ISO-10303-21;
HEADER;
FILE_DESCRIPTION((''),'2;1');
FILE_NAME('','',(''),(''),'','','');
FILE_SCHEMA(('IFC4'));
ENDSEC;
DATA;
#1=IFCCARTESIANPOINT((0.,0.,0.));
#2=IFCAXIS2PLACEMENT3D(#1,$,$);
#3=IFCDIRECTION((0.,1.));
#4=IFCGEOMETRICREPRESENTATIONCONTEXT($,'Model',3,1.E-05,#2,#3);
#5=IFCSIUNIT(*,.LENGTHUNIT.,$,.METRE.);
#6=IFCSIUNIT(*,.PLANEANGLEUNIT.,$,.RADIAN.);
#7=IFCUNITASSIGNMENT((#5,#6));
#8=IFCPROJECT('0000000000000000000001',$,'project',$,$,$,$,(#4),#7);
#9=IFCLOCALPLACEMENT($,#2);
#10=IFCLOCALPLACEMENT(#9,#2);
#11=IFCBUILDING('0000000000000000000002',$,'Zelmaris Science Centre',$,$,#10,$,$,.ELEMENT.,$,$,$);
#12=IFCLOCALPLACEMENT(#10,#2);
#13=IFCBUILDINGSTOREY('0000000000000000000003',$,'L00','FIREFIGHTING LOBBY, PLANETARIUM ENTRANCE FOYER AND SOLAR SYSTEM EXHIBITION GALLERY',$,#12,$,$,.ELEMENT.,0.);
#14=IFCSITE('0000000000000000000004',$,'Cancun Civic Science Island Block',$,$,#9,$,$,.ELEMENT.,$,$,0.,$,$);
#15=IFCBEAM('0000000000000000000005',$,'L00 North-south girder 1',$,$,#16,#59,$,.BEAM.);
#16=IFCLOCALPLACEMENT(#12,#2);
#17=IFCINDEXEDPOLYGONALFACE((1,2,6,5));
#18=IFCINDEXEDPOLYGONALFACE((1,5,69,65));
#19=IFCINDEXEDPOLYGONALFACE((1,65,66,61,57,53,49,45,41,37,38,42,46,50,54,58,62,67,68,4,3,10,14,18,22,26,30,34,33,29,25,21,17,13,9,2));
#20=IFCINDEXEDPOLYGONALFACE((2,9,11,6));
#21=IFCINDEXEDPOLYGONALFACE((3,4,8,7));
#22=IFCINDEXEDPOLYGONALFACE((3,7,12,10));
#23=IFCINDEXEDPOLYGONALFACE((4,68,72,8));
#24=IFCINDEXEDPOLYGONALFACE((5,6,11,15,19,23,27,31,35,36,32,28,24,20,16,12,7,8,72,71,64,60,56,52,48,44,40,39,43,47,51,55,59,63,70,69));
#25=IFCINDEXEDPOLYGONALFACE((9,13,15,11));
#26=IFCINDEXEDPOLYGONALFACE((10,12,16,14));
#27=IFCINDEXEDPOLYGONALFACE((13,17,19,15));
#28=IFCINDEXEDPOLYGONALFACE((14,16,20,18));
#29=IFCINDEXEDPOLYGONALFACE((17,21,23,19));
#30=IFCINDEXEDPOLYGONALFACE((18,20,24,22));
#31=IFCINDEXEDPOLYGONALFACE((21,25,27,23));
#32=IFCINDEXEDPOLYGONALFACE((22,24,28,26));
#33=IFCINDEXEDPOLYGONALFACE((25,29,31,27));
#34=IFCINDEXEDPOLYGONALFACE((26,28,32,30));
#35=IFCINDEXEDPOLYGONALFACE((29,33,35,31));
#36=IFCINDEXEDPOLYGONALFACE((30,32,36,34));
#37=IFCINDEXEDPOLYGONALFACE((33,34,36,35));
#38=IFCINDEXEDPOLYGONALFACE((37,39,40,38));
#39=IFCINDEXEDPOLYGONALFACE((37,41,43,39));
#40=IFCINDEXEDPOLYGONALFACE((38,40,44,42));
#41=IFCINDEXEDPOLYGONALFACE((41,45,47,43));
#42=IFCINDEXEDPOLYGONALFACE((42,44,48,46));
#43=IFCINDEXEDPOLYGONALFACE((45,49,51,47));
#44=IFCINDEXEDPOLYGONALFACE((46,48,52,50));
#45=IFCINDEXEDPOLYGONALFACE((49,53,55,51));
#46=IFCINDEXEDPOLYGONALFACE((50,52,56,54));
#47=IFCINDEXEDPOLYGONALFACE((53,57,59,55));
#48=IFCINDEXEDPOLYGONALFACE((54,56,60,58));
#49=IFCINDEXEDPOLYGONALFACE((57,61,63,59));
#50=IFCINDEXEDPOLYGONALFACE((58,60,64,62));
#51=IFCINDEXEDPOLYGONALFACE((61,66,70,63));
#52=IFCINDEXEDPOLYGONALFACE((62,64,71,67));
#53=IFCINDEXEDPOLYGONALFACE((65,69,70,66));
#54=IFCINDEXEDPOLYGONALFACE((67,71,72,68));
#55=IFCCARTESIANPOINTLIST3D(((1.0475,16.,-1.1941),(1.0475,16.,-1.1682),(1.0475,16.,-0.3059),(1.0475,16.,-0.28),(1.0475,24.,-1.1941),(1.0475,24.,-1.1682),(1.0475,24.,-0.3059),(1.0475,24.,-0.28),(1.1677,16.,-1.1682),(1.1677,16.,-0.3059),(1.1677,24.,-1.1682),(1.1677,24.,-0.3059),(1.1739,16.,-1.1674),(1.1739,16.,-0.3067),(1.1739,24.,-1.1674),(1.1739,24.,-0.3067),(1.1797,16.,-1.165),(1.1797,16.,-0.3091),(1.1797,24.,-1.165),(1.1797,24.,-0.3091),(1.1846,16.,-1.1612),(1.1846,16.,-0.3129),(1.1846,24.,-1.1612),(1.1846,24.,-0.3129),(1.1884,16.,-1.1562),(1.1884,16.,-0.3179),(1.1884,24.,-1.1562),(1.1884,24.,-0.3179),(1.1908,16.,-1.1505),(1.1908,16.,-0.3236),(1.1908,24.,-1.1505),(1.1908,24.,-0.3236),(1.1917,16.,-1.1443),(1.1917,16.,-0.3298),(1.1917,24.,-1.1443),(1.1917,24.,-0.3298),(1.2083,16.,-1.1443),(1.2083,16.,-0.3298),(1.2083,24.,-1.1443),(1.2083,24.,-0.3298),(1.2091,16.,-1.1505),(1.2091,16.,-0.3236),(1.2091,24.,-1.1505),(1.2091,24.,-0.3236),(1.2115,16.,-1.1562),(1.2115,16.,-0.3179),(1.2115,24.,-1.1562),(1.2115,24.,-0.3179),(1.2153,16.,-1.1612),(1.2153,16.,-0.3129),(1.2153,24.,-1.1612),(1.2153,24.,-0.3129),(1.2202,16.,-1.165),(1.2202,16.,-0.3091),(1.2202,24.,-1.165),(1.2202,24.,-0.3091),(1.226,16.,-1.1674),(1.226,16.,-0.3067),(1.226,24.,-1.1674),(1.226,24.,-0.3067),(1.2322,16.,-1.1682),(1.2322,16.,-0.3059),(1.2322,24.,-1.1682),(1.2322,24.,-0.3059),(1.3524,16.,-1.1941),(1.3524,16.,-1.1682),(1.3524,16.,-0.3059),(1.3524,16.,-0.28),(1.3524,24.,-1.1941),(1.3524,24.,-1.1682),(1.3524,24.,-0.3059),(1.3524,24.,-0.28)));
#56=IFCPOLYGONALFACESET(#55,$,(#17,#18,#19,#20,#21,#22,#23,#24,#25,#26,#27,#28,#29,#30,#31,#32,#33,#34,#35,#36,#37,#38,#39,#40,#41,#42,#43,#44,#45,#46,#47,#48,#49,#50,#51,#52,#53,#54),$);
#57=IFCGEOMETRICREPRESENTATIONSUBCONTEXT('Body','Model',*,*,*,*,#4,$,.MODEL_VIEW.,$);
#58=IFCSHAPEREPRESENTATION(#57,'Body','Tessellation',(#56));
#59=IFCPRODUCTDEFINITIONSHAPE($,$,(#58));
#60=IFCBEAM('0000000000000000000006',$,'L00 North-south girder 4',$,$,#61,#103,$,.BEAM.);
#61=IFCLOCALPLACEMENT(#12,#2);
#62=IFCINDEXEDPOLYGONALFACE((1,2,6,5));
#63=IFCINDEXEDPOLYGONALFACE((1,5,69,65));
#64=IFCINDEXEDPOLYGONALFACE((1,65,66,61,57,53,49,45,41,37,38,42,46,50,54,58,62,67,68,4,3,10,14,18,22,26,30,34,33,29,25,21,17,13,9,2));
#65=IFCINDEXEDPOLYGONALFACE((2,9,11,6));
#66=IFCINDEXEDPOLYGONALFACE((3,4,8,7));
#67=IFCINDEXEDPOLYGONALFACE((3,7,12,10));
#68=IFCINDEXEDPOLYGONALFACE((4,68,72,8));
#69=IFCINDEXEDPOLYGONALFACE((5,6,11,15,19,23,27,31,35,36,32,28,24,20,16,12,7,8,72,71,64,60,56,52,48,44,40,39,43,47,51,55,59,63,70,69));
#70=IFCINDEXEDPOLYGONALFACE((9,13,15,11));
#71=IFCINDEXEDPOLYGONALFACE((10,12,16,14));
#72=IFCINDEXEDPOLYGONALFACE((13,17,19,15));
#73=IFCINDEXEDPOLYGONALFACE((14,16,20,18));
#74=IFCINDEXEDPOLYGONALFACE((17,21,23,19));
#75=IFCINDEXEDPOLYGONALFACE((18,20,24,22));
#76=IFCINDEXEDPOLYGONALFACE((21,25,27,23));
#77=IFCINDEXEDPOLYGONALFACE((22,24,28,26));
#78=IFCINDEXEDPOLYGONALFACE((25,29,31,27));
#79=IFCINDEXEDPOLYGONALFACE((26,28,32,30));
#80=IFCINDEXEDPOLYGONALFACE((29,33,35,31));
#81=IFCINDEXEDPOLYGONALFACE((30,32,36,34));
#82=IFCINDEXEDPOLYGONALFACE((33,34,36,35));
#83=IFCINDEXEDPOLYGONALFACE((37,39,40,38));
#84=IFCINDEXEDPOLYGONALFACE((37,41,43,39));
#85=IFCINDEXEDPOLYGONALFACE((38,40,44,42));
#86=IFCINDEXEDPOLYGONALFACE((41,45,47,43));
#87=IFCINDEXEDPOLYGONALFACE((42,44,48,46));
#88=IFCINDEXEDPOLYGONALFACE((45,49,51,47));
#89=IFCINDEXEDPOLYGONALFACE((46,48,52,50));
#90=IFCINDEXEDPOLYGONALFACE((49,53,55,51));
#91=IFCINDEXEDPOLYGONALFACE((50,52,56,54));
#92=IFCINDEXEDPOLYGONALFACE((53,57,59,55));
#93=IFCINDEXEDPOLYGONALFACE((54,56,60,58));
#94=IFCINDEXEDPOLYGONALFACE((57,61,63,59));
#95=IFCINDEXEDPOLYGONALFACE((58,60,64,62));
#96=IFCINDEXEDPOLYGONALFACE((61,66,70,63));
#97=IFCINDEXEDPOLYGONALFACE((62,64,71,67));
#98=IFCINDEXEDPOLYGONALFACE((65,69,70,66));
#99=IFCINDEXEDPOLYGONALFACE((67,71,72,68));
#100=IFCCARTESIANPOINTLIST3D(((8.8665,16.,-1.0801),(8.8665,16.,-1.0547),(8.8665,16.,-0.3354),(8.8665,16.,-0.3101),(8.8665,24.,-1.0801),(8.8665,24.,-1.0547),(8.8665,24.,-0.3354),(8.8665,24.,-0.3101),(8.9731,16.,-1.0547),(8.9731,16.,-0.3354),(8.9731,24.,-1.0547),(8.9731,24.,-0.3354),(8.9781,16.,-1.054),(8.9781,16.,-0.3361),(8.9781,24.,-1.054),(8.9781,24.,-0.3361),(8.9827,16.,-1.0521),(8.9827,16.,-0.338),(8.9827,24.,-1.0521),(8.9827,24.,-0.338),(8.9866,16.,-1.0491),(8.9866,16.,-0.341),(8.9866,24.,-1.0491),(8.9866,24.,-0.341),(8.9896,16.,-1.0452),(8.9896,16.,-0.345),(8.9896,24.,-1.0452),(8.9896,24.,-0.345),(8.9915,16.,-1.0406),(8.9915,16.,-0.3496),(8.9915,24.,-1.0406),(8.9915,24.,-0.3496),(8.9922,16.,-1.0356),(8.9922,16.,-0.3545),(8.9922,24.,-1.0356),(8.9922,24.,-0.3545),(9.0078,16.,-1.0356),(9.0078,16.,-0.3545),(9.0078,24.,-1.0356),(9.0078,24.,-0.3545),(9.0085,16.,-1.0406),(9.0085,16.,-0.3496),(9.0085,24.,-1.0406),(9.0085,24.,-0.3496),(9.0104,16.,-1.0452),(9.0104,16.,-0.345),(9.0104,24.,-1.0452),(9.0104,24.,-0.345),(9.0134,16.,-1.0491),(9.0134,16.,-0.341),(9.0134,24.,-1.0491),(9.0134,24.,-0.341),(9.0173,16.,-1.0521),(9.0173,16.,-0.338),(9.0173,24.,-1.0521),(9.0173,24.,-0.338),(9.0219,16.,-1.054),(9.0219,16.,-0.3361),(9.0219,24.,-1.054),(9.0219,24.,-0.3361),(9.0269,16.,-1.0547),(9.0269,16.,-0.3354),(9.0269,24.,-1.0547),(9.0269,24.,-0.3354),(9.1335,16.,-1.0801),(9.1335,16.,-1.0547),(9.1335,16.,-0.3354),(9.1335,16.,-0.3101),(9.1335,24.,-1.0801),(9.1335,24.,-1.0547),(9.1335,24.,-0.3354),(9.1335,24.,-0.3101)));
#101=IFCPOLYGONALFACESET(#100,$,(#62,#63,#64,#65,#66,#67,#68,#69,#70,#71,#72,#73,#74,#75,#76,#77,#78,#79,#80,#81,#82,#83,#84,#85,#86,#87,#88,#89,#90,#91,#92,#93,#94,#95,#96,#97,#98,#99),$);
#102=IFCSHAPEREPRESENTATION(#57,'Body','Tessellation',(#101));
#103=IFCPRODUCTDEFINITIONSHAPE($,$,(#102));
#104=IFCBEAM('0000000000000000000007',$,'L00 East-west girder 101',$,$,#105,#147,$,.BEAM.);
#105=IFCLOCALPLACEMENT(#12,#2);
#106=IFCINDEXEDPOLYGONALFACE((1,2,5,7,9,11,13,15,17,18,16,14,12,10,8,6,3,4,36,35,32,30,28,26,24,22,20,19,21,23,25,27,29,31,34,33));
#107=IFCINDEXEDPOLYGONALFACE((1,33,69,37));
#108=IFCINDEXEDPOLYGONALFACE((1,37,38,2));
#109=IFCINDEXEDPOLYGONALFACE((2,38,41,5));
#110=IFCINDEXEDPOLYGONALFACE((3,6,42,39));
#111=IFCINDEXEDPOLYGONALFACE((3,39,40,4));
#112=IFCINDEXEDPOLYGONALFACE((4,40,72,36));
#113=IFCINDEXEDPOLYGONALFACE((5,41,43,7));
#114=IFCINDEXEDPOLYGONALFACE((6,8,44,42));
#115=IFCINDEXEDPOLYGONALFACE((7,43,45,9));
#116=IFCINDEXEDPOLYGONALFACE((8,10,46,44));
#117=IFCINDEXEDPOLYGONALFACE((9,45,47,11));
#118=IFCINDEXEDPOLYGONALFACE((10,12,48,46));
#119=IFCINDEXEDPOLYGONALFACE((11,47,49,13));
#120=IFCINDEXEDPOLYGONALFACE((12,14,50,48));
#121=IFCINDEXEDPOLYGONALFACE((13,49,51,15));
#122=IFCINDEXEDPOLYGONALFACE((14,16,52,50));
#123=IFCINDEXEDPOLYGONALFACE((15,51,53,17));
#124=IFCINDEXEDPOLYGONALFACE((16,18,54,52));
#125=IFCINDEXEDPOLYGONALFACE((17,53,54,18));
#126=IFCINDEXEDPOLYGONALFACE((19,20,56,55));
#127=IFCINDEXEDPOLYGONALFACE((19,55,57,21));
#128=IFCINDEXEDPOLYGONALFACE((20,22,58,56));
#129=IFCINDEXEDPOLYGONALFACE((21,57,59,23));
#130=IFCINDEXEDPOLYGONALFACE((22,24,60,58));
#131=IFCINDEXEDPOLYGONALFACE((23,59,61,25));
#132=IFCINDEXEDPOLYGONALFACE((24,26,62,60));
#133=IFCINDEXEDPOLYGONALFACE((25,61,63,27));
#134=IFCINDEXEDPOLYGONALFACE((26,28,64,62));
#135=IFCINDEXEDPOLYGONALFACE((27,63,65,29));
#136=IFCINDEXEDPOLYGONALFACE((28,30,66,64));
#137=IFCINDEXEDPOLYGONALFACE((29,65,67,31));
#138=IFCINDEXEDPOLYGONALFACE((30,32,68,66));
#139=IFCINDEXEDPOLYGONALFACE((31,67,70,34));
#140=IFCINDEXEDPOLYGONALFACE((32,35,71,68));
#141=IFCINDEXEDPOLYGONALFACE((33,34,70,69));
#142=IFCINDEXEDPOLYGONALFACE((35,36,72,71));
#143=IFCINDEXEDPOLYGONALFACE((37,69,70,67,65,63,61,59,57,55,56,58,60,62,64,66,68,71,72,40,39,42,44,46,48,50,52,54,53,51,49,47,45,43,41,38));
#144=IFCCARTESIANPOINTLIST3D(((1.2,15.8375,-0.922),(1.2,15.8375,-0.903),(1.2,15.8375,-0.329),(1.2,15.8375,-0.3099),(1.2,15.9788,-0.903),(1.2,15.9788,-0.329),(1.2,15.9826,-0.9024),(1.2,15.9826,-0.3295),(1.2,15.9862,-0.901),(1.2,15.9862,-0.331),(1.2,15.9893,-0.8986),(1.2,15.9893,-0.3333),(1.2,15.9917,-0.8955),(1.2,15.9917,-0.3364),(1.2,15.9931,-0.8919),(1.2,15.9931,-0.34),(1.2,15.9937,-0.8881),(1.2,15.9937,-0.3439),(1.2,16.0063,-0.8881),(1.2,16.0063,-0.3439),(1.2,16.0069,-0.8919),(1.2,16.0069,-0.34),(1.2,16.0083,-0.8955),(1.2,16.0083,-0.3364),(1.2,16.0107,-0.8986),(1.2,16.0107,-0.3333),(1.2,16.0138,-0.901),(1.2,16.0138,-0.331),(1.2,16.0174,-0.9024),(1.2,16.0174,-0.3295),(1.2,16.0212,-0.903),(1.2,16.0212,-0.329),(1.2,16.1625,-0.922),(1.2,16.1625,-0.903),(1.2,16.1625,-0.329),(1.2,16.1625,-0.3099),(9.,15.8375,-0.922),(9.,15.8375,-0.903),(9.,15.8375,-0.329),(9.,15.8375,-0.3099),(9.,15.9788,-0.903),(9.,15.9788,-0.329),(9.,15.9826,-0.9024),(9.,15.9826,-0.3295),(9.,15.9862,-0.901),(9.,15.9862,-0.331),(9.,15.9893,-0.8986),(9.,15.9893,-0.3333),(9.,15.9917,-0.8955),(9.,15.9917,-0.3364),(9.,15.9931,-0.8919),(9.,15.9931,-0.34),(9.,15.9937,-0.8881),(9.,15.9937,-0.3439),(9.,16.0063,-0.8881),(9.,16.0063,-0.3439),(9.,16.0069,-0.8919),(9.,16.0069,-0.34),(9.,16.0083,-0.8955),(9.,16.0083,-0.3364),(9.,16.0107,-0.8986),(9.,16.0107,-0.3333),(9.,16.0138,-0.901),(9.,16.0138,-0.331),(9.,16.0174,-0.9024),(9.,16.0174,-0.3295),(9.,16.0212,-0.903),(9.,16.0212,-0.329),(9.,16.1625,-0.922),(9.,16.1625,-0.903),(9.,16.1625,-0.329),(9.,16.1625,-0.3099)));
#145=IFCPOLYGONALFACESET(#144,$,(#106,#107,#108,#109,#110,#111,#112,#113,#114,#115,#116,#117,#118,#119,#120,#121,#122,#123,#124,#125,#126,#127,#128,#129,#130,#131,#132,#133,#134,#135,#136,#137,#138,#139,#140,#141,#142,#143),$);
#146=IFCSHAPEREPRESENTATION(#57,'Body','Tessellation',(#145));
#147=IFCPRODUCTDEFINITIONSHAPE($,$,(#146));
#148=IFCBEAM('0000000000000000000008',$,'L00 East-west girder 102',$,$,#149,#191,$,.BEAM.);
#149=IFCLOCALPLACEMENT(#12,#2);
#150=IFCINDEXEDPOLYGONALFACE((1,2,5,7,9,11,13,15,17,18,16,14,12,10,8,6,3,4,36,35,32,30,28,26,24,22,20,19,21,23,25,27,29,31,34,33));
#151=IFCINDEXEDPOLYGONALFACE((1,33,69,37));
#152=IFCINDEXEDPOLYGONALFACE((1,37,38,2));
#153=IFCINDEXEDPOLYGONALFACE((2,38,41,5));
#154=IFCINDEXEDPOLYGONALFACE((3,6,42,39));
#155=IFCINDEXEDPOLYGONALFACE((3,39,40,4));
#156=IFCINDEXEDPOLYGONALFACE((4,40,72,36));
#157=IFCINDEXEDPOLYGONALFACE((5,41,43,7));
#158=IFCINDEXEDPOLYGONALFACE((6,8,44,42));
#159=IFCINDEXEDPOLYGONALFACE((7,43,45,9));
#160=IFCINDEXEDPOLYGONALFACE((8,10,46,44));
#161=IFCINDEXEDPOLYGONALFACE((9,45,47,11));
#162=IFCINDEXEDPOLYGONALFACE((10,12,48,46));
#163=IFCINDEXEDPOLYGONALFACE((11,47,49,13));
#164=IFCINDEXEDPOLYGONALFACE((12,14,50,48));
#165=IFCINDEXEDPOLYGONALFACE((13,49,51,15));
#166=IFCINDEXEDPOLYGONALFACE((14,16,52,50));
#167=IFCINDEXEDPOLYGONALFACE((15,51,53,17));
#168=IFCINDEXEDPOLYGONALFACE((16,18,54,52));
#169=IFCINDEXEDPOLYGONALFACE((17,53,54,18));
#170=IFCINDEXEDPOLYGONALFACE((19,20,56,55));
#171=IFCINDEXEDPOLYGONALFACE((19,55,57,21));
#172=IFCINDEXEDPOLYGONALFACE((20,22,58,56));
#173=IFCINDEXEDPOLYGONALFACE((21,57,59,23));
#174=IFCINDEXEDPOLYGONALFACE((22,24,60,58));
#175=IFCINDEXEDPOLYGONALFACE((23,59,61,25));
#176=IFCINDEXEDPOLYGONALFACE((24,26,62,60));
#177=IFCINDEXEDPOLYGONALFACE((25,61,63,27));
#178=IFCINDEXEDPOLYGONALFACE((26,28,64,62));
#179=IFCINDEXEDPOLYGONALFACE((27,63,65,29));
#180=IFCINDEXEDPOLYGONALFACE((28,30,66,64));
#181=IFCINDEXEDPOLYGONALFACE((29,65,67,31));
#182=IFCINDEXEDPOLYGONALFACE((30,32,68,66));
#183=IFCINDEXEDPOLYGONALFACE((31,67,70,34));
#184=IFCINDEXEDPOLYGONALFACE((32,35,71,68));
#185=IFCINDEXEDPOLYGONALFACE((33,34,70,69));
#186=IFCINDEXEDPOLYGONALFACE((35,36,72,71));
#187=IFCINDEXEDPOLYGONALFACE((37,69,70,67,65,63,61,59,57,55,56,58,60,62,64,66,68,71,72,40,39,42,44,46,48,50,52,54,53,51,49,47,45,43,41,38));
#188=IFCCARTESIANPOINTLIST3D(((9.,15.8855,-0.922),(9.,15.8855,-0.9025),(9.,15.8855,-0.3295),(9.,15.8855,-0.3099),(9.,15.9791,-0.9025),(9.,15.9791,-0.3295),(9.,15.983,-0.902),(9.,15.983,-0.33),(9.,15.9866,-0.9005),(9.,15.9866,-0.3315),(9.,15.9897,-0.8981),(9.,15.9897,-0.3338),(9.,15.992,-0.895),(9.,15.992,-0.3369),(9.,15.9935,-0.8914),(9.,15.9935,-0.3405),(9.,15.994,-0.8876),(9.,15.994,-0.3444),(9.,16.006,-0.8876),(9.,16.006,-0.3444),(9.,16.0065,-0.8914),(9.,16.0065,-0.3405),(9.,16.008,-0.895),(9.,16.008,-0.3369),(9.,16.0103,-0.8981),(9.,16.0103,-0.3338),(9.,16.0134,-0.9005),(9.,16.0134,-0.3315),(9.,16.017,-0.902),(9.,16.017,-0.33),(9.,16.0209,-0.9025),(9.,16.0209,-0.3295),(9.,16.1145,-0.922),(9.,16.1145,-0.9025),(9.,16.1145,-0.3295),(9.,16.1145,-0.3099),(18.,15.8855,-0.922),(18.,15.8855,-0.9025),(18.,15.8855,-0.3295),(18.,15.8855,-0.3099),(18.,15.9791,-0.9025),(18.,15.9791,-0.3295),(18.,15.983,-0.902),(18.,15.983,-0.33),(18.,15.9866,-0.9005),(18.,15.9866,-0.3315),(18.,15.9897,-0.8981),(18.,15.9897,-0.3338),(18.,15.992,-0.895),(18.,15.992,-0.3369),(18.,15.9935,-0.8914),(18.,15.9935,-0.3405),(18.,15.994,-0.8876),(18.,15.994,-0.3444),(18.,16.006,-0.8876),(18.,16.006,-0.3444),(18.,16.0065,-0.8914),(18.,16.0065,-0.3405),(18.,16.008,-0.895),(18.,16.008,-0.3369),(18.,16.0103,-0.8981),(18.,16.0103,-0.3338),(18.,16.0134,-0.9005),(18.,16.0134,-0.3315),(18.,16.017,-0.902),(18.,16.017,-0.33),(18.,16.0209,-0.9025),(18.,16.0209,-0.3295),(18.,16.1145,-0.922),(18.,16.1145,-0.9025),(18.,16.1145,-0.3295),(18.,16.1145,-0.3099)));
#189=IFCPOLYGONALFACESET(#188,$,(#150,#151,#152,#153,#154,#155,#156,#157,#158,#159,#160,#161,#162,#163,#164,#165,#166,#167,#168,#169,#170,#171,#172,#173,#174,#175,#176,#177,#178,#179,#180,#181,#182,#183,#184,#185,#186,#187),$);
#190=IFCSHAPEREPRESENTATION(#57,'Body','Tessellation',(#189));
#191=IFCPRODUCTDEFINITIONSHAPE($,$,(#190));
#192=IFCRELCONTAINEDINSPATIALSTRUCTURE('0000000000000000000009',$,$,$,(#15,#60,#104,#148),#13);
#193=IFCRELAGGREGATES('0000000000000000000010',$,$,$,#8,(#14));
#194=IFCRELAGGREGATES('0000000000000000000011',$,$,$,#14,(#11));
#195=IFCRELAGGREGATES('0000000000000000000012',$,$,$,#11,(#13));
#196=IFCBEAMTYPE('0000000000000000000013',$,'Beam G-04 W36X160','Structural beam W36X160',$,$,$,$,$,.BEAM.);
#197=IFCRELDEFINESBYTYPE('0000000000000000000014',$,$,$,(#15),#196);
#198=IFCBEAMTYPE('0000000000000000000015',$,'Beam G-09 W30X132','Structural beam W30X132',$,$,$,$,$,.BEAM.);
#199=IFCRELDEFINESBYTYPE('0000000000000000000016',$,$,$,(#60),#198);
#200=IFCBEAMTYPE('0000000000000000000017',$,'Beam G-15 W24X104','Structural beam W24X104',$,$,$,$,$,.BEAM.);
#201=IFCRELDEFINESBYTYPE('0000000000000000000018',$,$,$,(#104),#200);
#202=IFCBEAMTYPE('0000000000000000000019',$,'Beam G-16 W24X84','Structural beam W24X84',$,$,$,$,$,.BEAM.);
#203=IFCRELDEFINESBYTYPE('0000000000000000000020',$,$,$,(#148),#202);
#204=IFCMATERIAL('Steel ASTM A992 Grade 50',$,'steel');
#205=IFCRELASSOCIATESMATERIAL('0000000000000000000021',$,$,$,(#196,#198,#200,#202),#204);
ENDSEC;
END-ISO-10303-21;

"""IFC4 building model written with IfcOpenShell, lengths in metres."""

from ifc_helpers import new_model, si_unit, direction, frame, origin, origin_2d, place, context, subcontext, project, spatial, i_section, extrude, material, material_profile, profile_set, type_object, element, save


model = new_model("IFC4")

# Units and contexts
model_context = context("Model", 3, precision=1e-05, world=origin(), true_north=direction((0.0, 1.0)))
body_context = subcontext(model_context, "Body", "Model", "MODEL_VIEW")
ifc_project = project(units=[si_unit("LENGTHUNIT", "METRE"), si_unit("PLANEANGLEUNIT", "RADIAN")], contexts=[model_context])

# Site, building, storey
site_placement = place(None, origin())
site = spatial("IfcSite", under=ifc_project, at=site_placement, Name="Cancun Civic Science Island Block", CompositionType="ELEMENT", RefElevation=0.0)
building_placement = place(site_placement, origin())
building = spatial("IfcBuilding", under=site, at=building_placement, Name="Zelmaris Science Centre", CompositionType="ELEMENT")
storey_placement = place(building_placement, origin())
storey = spatial("IfcBuildingStorey", under=building, at=storey_placement, Name="L00", Description="FIREFIGHTING LOBBY, PLANETARIUM ENTRANCE FOYER AND SOLAR SYSTEM EXHIBITION GALLERY", CompositionType="ELEMENT", Elevation=0.0)

# Shared definitions
ifc_material_1 = material(Name="Steel ASTM A992 Grade 50", Category="steel")

# Beams
ifc_material_profile_1 = material_profile(ifc_material_1, i_section(OverallWidth=0.3049, OverallDepth=0.9141, WebThickness=0.0166, FlangeThickness=0.0259, FilletRadius=0.0239, at=origin_2d()), Name="W36X160")
ifc_profile_set_1 = profile_set([ifc_material_profile_1], Name="Steel ASTM A992 Grade 50")
beam_type_1 = type_object("IfcBeamType", Name="Beam G-04 W36X160", Description="Structural beam W36X160", PredefinedType="BEAM", material=ifc_profile_set_1)
beam_1_placement = place(storey_placement, frame((1.2, 16.0, -0.7371), z_axis=(0.0, 1.0, 0.0), x_axis=(-1.0, 0.0, 0.0)))
element("IfcBeam", 1, at=beam_1_placement, inside=storey, type_object=beam_type_1, Name="L00 North-south girder 1", PredefinedType="BEAM", context=body_context, shape_type="SweptSolid", body=[
    extrude(i_section(OverallWidth=0.3049, OverallDepth=0.9141, WebThickness=0.0166, FlangeThickness=0.0259, FilletRadius=0.0239, at=origin_2d()), origin(), (0.0, 0.0, 1.0), 8.0),
])
ifc_material_profile_2 = material_profile(ifc_material_1, i_section(OverallWidth=0.2671, OverallDepth=0.77, WebThickness=0.0156, FlangeThickness=0.0254, FilletRadius=0.019, at=origin_2d()), Name="W30X132")
ifc_profile_set_2 = profile_set([ifc_material_profile_2], Name="Steel ASTM A992 Grade 50")
beam_type_2 = type_object("IfcBeamType", Name="Beam G-09 W30X132", Description="Structural beam W30X132", PredefinedType="BEAM", material=ifc_profile_set_2)
beam_2_placement = place(storey_placement, frame((9.0, 16.0, -0.6951), z_axis=(0.0, 1.0, 0.0), x_axis=(-1.0, 0.0, 0.0)))
element("IfcBeam", 2, at=beam_2_placement, inside=storey, type_object=beam_type_2, Name="L00 North-south girder 4", PredefinedType="BEAM", context=body_context, shape_type="SweptSolid", body=[
    extrude(i_section(OverallWidth=0.2671, OverallDepth=0.77, WebThickness=0.0156, FlangeThickness=0.0254, FilletRadius=0.019, at=origin_2d()), origin(), (0.0, 0.0, 1.0), 8.0),
])
ifc_material_profile_3 = material_profile(ifc_material_1, i_section(OverallWidth=0.325, OverallDepth=0.6121, WebThickness=0.0127, FlangeThickness=0.019, FilletRadius=0.0149, at=origin_2d()), Name="W24X104")
ifc_profile_set_3 = profile_set([ifc_material_profile_3], Name="Steel ASTM A992 Grade 50")
beam_type_3 = type_object("IfcBeamType", Name="Beam G-15 W24X104", Description="Structural beam W24X104", PredefinedType="BEAM", material=ifc_profile_set_3)
beam_3_placement = place(storey_placement, frame((1.2, 16.0, -0.616), z_axis=(1.0, 0.0, 0.0), x_axis=(0.0, 1.0, 0.0)))
element("IfcBeam", 3, at=beam_3_placement, inside=storey, type_object=beam_type_3, Name="L00 East-west girder 101", PredefinedType="BEAM", context=body_context, shape_type="SweptSolid", body=[
    extrude(i_section(OverallWidth=0.325, OverallDepth=0.6121, WebThickness=0.0127, FlangeThickness=0.019, FilletRadius=0.0149, at=origin_2d()), origin(), (0.0, 0.0, 1.0), 7.8),
])
ifc_material_profile_4 = material_profile(ifc_material_1, i_section(OverallWidth=0.229, OverallDepth=0.6121, WebThickness=0.012, FlangeThickness=0.0195, FilletRadius=0.0149, at=origin_2d()), Name="W24X84")
ifc_profile_set_4 = profile_set([ifc_material_profile_4], Name="Steel ASTM A992 Grade 50")
beam_type_4 = type_object("IfcBeamType", Name="Beam G-16 W24X84", Description="Structural beam W24X84", PredefinedType="BEAM", material=ifc_profile_set_4)
beam_4_placement = place(storey_placement, frame((9.0, 16.0, -0.616), z_axis=(1.0, 0.0, 0.0), x_axis=(0.0, 1.0, 0.0)))
element("IfcBeam", 4, at=beam_4_placement, inside=storey, type_object=beam_type_4, Name="L00 East-west girder 102", PredefinedType="BEAM", context=body_context, shape_type="SweptSolid", body=[
    extrude(i_section(OverallWidth=0.229, OverallDepth=0.6121, WebThickness=0.012, FlangeThickness=0.0195, FilletRadius=0.0149, at=origin_2d()), origin(), (0.0, 0.0, 1.0), 9.0),
])

save(model, "model.ifc")
